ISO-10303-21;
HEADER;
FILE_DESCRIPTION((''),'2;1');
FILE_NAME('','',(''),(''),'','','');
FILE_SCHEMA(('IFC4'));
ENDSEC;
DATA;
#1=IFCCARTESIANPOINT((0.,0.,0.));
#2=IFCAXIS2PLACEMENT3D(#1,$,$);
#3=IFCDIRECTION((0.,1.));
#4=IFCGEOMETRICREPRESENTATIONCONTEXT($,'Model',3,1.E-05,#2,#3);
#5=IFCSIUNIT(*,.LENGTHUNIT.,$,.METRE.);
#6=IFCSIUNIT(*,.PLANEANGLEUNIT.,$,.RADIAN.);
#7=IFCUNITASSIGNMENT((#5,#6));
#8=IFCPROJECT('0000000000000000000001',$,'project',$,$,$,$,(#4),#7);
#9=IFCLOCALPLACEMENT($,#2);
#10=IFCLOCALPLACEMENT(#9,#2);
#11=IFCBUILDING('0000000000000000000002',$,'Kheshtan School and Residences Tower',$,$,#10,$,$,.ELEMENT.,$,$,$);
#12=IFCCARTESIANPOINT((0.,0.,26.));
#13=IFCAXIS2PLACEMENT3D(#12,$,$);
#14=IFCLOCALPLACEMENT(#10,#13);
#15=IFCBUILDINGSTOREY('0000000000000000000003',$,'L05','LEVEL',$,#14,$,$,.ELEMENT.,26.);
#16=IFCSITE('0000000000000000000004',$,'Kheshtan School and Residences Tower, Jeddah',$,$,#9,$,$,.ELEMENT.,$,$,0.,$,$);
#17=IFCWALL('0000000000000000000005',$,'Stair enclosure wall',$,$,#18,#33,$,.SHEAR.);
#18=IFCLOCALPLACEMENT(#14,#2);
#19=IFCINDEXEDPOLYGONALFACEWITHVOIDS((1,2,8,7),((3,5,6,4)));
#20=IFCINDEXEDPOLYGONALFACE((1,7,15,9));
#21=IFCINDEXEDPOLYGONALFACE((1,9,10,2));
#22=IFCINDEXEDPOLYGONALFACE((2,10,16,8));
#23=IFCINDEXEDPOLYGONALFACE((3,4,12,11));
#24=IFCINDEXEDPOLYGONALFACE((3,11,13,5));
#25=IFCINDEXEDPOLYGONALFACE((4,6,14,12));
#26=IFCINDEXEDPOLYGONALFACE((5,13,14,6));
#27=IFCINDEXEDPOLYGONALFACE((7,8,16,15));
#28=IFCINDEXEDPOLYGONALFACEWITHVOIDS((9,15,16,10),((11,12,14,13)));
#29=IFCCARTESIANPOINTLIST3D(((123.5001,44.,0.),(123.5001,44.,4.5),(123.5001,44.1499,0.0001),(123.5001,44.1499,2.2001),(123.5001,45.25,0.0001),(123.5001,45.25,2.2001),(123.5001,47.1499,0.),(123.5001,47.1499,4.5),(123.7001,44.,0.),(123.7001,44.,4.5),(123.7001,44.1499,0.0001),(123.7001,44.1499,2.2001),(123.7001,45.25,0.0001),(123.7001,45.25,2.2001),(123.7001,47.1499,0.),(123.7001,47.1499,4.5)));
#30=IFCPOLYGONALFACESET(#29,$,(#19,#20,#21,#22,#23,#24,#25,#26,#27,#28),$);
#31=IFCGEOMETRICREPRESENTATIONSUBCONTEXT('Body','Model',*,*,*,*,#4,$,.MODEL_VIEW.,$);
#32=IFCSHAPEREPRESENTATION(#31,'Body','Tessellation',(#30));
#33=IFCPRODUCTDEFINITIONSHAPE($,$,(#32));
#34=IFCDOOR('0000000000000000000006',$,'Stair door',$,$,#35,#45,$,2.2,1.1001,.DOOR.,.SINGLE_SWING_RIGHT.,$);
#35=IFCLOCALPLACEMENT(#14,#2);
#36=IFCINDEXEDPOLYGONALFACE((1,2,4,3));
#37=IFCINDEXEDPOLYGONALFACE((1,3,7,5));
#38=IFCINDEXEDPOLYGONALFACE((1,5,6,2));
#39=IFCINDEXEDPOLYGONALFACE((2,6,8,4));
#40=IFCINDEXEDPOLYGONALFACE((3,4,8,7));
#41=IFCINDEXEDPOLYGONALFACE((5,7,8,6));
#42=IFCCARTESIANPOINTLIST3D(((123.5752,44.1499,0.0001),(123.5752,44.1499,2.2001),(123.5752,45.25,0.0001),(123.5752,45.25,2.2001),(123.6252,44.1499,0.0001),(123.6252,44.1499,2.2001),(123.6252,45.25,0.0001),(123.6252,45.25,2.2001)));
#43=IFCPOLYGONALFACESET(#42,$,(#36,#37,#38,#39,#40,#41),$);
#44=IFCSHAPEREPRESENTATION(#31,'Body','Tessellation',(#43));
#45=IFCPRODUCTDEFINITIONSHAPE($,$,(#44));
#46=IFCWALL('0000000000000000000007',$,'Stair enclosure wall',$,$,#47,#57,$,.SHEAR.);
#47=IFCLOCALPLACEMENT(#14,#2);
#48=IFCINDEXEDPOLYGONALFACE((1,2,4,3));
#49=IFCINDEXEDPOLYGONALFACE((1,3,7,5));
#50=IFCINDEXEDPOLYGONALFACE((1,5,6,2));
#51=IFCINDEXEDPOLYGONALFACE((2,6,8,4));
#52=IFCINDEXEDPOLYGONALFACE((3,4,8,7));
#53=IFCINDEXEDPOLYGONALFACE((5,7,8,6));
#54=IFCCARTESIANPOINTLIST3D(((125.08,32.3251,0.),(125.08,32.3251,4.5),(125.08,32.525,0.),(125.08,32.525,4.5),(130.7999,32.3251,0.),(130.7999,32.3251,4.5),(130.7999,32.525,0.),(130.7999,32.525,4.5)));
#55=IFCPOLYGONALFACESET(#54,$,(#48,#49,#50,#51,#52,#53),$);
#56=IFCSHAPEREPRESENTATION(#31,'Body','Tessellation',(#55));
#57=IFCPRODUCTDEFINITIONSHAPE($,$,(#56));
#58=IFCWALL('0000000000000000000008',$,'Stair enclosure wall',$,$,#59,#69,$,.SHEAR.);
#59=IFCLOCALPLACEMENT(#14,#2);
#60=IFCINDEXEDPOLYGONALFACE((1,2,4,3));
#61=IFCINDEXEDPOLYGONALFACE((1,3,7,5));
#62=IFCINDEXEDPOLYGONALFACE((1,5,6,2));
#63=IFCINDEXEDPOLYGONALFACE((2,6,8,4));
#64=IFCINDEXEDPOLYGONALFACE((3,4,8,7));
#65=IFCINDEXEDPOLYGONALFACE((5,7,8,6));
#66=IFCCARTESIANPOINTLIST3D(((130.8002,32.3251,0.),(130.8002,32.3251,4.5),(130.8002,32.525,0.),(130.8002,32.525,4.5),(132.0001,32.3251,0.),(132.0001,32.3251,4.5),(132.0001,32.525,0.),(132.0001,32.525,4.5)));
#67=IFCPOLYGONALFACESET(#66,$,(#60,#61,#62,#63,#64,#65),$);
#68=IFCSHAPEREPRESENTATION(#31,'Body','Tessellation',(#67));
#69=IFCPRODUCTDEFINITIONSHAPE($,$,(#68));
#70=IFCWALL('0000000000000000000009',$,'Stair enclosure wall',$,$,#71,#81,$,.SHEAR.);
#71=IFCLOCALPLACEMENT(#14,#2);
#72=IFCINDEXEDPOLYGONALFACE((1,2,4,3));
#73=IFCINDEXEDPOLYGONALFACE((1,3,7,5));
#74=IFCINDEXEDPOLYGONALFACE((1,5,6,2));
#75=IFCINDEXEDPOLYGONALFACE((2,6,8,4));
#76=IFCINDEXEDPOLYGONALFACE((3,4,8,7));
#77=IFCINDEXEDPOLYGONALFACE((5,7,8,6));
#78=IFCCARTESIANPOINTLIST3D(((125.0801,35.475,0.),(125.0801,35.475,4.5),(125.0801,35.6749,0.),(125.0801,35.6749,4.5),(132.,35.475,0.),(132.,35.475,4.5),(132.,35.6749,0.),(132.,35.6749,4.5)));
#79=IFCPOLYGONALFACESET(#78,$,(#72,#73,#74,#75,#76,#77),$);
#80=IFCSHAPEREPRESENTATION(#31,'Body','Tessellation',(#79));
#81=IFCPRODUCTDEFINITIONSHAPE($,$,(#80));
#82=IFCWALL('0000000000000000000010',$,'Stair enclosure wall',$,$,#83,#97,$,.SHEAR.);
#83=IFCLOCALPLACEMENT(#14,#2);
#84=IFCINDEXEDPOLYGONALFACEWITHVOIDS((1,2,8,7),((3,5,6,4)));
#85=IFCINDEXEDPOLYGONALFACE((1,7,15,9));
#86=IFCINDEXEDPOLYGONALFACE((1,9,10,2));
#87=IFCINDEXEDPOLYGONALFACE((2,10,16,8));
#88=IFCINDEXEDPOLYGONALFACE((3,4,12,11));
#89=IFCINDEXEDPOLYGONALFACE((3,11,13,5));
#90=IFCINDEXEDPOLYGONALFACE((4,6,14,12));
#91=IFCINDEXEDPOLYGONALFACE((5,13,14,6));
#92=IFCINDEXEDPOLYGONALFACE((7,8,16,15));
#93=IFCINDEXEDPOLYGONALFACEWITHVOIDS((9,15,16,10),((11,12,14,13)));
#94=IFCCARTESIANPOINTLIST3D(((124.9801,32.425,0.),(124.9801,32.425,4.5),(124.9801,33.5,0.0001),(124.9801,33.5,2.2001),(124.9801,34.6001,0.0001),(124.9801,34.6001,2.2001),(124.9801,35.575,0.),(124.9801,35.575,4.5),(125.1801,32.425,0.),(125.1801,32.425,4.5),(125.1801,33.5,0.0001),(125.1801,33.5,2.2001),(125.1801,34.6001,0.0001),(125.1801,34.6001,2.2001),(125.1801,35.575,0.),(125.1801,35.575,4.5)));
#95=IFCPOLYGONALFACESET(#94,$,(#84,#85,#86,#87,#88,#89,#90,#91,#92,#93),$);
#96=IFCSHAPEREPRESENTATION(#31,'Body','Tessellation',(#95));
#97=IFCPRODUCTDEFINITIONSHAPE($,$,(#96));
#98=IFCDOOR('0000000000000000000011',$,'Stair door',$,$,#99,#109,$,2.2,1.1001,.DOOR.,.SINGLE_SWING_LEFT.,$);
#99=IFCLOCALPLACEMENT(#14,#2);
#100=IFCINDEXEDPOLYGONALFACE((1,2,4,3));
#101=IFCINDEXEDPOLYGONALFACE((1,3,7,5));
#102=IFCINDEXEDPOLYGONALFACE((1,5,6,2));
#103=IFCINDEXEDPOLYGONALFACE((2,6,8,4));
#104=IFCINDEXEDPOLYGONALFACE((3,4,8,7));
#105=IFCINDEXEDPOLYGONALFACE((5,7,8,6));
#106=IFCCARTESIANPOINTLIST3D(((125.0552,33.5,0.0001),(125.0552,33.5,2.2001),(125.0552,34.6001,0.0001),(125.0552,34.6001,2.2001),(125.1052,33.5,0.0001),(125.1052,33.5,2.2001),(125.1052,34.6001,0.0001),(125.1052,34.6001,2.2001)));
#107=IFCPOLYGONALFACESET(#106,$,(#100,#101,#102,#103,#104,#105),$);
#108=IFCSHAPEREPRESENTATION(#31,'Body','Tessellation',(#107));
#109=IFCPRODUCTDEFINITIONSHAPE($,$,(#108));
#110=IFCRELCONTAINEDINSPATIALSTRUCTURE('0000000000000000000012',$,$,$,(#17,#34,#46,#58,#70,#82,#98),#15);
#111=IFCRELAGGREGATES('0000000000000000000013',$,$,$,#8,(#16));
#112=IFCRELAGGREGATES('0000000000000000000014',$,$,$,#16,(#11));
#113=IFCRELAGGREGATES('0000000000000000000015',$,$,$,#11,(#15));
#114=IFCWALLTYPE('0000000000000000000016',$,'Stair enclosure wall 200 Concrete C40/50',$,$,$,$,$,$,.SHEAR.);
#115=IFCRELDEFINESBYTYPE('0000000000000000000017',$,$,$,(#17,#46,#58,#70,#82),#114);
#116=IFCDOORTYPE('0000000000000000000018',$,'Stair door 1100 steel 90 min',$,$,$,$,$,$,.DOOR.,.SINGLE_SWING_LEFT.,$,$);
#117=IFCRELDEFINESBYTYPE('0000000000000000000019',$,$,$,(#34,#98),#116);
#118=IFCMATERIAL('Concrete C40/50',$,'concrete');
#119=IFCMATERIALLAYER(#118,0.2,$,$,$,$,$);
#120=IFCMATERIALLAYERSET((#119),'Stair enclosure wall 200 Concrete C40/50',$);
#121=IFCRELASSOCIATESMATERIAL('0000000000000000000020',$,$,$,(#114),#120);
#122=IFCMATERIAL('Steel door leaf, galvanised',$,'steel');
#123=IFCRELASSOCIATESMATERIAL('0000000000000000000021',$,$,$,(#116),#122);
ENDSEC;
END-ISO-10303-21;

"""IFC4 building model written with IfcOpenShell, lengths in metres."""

from ifc_helpers import new_model, si_unit, direction, frame, frame_2d, origin, place, context, subcontext, project, spatial, rectangle, extrude, source, transform, mapped, material, layer, layer_set, type_object, element, fill, save


model = new_model("IFC4")

# Units and contexts
model_context = context("Model", 3, precision=1e-05, world=origin(), true_north=direction((0.0, 1.0)))
body_context = subcontext(model_context, "Body", "Model", "MODEL_VIEW")
ifc_project = project(units=[si_unit("LENGTHUNIT", "METRE"), si_unit("PLANEANGLEUNIT", "RADIAN")], contexts=[model_context])

# Site, building, storey
site_placement = place(None, origin())
site = spatial("IfcSite", under=ifc_project, at=site_placement, Name="Kheshtan School and Residences Tower, Jeddah", CompositionType="ELEMENT", RefElevation=0.0)
building_placement = place(site_placement, origin())
building = spatial("IfcBuilding", under=site, at=building_placement, Name="Kheshtan School and Residences Tower", CompositionType="ELEMENT")
storey_placement = place(building_placement, frame((0.0, 0.0, 26.0)))
storey = spatial("IfcBuildingStorey", under=building, at=storey_placement, Name="L05", Description="LEVEL", CompositionType="ELEMENT", Elevation=26.0)

# Shared definitions
ifc_material_1 = material(Name="Concrete C40/50", Category="concrete")
ifc_layer_1 = layer(ifc_material_1, 0.2)
ifc_layer_set_1 = layer_set([ifc_layer_1], Name="Stair enclosure wall 200 Concrete C40/50")
wall_type_1 = type_object("IfcWallType", Name="Stair enclosure wall 200 Concrete C40/50", PredefinedType="SHEAR", material=ifc_layer_set_1)

# Wall, opening, door
wall_1_placement = place(storey_placement, frame((123.6001, 44.0, 0.0), z_axis=(0.0, 0.0, 1.0), x_axis=(0.0, 1.0, 0.0)))
wall_1 = element("IfcWall", 1, at=wall_1_placement, inside=storey, type_object=wall_type_1, Name="Stair enclosure wall", PredefinedType="SHEAR", context=body_context, shape_type="SweptSolid", body=[
    extrude(rectangle(XDim=3.1499, YDim=0.2, at=frame_2d((1.575, 0.0))), origin(), (0.0, 0.0, 1.0), 4.5),
])
opening_1_placement = place(wall_1_placement, frame((0.1499, 0.0, 0.0)))
opening_1 = element("IfcOpeningElement", 2, at=opening_1_placement, cuts=wall_1, PredefinedType="OPENING", context=body_context, shape_type="SweptSolid", body=[
    extrude(rectangle(XDim=1.1001, YDim=2.2, at=frame_2d((0.55, 1.1001))), frame((0.0, 0.1099, 0.0), z_axis=(0.0, -1.0, 0.0), x_axis=(1.0, 0.0, 0.0)), (0.0, 0.0, 1.0), 0.22),
])
ifc_material_2 = material(Name="Steel door leaf, galvanised", Category="steel")
door_type_1 = type_object("IfcDoorType", Name="Stair door 1100 steel 90 min", OperationType="SINGLE_SWING_LEFT", PredefinedType="DOOR", material=ifc_material_2)
shared_shape_1 = source(origin(), body_context, "Body", "SweptSolid", [
    extrude(rectangle(XDim=1.1001, YDim=2.2, at=frame_2d((0.55, 1.1001))), frame((0.0, 0.0249, 0.0), z_axis=(0.0, -1.0, 0.0), x_axis=(1.0, 0.0, 0.0)), (0.0, 0.0, 1.0), 0.05),
])
door_1_placement = place(opening_1_placement, origin())
door_1 = element("IfcDoor", 3, at=door_1_placement, inside=storey, type_object=door_type_1, Name="Stair door", OperationType="SINGLE_SWING_RIGHT", OverallHeight=2.2, OverallWidth=1.1001, PredefinedType="DOOR", context=body_context, shape_type="MappedRepresentation", body=[
    mapped(shared_shape_1, transform((0.0, 0.0, 0.0), x_axis=(1.0, 0.0, 0.0), y_axis=(0.0, 1.0, 0.0), z_axis=(0.0, 0.0, 1.0), scale=1.0)),
])
fill(opening_1, door_1)

# Walls
wall_2_placement = place(storey_placement, frame((125.0801, 32.425, 0.0), z_axis=(0.0, 0.0, 1.0), x_axis=(1.0, 0.0, 0.0)))
element("IfcWall", 4, at=wall_2_placement, inside=storey, type_object=wall_type_1, Name="Stair enclosure wall", PredefinedType="SHEAR", context=body_context, shape_type="SweptSolid", body=[
    extrude(rectangle(XDim=5.72, YDim=0.2, at=frame_2d((2.8599, 0.0))), origin(), (0.0, 0.0, 1.0), 4.5),
])
wall_3_placement = place(storey_placement, frame((130.8, 32.425, 0.0), z_axis=(0.0, 0.0, 1.0), x_axis=(1.0, 0.0, 0.0)))
element("IfcWall", 5, at=wall_3_placement, inside=storey, type_object=wall_type_1, Name="Stair enclosure wall", PredefinedType="SHEAR", context=body_context, shape_type="SweptSolid", body=[
    extrude(rectangle(XDim=1.2, YDim=0.2, at=frame_2d((0.6001, 0.0))), origin(), (0.0, 0.0, 1.0), 4.5),
])
wall_4_placement = place(storey_placement, frame((125.0801, 35.575, 0.0), z_axis=(0.0, 0.0, 1.0), x_axis=(1.0, 0.0, 0.0)))
element("IfcWall", 6, at=wall_4_placement, inside=storey, type_object=wall_type_1, Name="Stair enclosure wall", PredefinedType="SHEAR", context=body_context, shape_type="SweptSolid", body=[
    extrude(rectangle(XDim=6.9199, YDim=0.2, at=frame_2d((3.46, 0.0))), origin(), (0.0, 0.0, 1.0), 4.5),
])

# Wall, opening, door
wall_5_placement = place(storey_placement, frame((125.0801, 32.425, 0.0), z_axis=(0.0, 0.0, 1.0), x_axis=(0.0, 1.0, 0.0)))
wall_5 = element("IfcWall", 7, at=wall_5_placement, inside=storey, type_object=wall_type_1, Name="Stair enclosure wall", PredefinedType="SHEAR", context=body_context, shape_type="SweptSolid", body=[
    extrude(rectangle(XDim=3.1499, YDim=0.2, at=frame_2d((1.575, 0.0))), origin(), (0.0, 0.0, 1.0), 4.5),
])
opening_2_placement = place(wall_5_placement, frame((1.075, 0.0, 0.0)))
opening_2 = element("IfcOpeningElement", 8, at=opening_2_placement, cuts=wall_5, PredefinedType="OPENING", context=body_context, shape_type="SweptSolid", body=[
    extrude(rectangle(XDim=1.1001, YDim=2.2, at=frame_2d((0.55, 1.1001))), frame((0.0, 0.1099, 0.0), z_axis=(0.0, -1.0, 0.0), x_axis=(1.0, 0.0, 0.0)), (0.0, 0.0, 1.0), 0.22),
])
door_2_placement = place(opening_2_placement, origin())
door_2 = element("IfcDoor", 9, at=door_2_placement, inside=storey, type_object=door_type_1, Name="Stair door", OperationType="SINGLE_SWING_LEFT", OverallHeight=2.2, OverallWidth=1.1001, PredefinedType="DOOR", context=body_context, shape_type="MappedRepresentation", body=[
    mapped(shared_shape_1, transform((0.0, 0.0, 0.0), x_axis=(1.0, 0.0, 0.0), y_axis=(0.0, 1.0, 0.0), z_axis=(0.0, 0.0, 1.0), scale=1.0)),
])
fill(opening_2, door_2)

save(model, "model.ifc")
